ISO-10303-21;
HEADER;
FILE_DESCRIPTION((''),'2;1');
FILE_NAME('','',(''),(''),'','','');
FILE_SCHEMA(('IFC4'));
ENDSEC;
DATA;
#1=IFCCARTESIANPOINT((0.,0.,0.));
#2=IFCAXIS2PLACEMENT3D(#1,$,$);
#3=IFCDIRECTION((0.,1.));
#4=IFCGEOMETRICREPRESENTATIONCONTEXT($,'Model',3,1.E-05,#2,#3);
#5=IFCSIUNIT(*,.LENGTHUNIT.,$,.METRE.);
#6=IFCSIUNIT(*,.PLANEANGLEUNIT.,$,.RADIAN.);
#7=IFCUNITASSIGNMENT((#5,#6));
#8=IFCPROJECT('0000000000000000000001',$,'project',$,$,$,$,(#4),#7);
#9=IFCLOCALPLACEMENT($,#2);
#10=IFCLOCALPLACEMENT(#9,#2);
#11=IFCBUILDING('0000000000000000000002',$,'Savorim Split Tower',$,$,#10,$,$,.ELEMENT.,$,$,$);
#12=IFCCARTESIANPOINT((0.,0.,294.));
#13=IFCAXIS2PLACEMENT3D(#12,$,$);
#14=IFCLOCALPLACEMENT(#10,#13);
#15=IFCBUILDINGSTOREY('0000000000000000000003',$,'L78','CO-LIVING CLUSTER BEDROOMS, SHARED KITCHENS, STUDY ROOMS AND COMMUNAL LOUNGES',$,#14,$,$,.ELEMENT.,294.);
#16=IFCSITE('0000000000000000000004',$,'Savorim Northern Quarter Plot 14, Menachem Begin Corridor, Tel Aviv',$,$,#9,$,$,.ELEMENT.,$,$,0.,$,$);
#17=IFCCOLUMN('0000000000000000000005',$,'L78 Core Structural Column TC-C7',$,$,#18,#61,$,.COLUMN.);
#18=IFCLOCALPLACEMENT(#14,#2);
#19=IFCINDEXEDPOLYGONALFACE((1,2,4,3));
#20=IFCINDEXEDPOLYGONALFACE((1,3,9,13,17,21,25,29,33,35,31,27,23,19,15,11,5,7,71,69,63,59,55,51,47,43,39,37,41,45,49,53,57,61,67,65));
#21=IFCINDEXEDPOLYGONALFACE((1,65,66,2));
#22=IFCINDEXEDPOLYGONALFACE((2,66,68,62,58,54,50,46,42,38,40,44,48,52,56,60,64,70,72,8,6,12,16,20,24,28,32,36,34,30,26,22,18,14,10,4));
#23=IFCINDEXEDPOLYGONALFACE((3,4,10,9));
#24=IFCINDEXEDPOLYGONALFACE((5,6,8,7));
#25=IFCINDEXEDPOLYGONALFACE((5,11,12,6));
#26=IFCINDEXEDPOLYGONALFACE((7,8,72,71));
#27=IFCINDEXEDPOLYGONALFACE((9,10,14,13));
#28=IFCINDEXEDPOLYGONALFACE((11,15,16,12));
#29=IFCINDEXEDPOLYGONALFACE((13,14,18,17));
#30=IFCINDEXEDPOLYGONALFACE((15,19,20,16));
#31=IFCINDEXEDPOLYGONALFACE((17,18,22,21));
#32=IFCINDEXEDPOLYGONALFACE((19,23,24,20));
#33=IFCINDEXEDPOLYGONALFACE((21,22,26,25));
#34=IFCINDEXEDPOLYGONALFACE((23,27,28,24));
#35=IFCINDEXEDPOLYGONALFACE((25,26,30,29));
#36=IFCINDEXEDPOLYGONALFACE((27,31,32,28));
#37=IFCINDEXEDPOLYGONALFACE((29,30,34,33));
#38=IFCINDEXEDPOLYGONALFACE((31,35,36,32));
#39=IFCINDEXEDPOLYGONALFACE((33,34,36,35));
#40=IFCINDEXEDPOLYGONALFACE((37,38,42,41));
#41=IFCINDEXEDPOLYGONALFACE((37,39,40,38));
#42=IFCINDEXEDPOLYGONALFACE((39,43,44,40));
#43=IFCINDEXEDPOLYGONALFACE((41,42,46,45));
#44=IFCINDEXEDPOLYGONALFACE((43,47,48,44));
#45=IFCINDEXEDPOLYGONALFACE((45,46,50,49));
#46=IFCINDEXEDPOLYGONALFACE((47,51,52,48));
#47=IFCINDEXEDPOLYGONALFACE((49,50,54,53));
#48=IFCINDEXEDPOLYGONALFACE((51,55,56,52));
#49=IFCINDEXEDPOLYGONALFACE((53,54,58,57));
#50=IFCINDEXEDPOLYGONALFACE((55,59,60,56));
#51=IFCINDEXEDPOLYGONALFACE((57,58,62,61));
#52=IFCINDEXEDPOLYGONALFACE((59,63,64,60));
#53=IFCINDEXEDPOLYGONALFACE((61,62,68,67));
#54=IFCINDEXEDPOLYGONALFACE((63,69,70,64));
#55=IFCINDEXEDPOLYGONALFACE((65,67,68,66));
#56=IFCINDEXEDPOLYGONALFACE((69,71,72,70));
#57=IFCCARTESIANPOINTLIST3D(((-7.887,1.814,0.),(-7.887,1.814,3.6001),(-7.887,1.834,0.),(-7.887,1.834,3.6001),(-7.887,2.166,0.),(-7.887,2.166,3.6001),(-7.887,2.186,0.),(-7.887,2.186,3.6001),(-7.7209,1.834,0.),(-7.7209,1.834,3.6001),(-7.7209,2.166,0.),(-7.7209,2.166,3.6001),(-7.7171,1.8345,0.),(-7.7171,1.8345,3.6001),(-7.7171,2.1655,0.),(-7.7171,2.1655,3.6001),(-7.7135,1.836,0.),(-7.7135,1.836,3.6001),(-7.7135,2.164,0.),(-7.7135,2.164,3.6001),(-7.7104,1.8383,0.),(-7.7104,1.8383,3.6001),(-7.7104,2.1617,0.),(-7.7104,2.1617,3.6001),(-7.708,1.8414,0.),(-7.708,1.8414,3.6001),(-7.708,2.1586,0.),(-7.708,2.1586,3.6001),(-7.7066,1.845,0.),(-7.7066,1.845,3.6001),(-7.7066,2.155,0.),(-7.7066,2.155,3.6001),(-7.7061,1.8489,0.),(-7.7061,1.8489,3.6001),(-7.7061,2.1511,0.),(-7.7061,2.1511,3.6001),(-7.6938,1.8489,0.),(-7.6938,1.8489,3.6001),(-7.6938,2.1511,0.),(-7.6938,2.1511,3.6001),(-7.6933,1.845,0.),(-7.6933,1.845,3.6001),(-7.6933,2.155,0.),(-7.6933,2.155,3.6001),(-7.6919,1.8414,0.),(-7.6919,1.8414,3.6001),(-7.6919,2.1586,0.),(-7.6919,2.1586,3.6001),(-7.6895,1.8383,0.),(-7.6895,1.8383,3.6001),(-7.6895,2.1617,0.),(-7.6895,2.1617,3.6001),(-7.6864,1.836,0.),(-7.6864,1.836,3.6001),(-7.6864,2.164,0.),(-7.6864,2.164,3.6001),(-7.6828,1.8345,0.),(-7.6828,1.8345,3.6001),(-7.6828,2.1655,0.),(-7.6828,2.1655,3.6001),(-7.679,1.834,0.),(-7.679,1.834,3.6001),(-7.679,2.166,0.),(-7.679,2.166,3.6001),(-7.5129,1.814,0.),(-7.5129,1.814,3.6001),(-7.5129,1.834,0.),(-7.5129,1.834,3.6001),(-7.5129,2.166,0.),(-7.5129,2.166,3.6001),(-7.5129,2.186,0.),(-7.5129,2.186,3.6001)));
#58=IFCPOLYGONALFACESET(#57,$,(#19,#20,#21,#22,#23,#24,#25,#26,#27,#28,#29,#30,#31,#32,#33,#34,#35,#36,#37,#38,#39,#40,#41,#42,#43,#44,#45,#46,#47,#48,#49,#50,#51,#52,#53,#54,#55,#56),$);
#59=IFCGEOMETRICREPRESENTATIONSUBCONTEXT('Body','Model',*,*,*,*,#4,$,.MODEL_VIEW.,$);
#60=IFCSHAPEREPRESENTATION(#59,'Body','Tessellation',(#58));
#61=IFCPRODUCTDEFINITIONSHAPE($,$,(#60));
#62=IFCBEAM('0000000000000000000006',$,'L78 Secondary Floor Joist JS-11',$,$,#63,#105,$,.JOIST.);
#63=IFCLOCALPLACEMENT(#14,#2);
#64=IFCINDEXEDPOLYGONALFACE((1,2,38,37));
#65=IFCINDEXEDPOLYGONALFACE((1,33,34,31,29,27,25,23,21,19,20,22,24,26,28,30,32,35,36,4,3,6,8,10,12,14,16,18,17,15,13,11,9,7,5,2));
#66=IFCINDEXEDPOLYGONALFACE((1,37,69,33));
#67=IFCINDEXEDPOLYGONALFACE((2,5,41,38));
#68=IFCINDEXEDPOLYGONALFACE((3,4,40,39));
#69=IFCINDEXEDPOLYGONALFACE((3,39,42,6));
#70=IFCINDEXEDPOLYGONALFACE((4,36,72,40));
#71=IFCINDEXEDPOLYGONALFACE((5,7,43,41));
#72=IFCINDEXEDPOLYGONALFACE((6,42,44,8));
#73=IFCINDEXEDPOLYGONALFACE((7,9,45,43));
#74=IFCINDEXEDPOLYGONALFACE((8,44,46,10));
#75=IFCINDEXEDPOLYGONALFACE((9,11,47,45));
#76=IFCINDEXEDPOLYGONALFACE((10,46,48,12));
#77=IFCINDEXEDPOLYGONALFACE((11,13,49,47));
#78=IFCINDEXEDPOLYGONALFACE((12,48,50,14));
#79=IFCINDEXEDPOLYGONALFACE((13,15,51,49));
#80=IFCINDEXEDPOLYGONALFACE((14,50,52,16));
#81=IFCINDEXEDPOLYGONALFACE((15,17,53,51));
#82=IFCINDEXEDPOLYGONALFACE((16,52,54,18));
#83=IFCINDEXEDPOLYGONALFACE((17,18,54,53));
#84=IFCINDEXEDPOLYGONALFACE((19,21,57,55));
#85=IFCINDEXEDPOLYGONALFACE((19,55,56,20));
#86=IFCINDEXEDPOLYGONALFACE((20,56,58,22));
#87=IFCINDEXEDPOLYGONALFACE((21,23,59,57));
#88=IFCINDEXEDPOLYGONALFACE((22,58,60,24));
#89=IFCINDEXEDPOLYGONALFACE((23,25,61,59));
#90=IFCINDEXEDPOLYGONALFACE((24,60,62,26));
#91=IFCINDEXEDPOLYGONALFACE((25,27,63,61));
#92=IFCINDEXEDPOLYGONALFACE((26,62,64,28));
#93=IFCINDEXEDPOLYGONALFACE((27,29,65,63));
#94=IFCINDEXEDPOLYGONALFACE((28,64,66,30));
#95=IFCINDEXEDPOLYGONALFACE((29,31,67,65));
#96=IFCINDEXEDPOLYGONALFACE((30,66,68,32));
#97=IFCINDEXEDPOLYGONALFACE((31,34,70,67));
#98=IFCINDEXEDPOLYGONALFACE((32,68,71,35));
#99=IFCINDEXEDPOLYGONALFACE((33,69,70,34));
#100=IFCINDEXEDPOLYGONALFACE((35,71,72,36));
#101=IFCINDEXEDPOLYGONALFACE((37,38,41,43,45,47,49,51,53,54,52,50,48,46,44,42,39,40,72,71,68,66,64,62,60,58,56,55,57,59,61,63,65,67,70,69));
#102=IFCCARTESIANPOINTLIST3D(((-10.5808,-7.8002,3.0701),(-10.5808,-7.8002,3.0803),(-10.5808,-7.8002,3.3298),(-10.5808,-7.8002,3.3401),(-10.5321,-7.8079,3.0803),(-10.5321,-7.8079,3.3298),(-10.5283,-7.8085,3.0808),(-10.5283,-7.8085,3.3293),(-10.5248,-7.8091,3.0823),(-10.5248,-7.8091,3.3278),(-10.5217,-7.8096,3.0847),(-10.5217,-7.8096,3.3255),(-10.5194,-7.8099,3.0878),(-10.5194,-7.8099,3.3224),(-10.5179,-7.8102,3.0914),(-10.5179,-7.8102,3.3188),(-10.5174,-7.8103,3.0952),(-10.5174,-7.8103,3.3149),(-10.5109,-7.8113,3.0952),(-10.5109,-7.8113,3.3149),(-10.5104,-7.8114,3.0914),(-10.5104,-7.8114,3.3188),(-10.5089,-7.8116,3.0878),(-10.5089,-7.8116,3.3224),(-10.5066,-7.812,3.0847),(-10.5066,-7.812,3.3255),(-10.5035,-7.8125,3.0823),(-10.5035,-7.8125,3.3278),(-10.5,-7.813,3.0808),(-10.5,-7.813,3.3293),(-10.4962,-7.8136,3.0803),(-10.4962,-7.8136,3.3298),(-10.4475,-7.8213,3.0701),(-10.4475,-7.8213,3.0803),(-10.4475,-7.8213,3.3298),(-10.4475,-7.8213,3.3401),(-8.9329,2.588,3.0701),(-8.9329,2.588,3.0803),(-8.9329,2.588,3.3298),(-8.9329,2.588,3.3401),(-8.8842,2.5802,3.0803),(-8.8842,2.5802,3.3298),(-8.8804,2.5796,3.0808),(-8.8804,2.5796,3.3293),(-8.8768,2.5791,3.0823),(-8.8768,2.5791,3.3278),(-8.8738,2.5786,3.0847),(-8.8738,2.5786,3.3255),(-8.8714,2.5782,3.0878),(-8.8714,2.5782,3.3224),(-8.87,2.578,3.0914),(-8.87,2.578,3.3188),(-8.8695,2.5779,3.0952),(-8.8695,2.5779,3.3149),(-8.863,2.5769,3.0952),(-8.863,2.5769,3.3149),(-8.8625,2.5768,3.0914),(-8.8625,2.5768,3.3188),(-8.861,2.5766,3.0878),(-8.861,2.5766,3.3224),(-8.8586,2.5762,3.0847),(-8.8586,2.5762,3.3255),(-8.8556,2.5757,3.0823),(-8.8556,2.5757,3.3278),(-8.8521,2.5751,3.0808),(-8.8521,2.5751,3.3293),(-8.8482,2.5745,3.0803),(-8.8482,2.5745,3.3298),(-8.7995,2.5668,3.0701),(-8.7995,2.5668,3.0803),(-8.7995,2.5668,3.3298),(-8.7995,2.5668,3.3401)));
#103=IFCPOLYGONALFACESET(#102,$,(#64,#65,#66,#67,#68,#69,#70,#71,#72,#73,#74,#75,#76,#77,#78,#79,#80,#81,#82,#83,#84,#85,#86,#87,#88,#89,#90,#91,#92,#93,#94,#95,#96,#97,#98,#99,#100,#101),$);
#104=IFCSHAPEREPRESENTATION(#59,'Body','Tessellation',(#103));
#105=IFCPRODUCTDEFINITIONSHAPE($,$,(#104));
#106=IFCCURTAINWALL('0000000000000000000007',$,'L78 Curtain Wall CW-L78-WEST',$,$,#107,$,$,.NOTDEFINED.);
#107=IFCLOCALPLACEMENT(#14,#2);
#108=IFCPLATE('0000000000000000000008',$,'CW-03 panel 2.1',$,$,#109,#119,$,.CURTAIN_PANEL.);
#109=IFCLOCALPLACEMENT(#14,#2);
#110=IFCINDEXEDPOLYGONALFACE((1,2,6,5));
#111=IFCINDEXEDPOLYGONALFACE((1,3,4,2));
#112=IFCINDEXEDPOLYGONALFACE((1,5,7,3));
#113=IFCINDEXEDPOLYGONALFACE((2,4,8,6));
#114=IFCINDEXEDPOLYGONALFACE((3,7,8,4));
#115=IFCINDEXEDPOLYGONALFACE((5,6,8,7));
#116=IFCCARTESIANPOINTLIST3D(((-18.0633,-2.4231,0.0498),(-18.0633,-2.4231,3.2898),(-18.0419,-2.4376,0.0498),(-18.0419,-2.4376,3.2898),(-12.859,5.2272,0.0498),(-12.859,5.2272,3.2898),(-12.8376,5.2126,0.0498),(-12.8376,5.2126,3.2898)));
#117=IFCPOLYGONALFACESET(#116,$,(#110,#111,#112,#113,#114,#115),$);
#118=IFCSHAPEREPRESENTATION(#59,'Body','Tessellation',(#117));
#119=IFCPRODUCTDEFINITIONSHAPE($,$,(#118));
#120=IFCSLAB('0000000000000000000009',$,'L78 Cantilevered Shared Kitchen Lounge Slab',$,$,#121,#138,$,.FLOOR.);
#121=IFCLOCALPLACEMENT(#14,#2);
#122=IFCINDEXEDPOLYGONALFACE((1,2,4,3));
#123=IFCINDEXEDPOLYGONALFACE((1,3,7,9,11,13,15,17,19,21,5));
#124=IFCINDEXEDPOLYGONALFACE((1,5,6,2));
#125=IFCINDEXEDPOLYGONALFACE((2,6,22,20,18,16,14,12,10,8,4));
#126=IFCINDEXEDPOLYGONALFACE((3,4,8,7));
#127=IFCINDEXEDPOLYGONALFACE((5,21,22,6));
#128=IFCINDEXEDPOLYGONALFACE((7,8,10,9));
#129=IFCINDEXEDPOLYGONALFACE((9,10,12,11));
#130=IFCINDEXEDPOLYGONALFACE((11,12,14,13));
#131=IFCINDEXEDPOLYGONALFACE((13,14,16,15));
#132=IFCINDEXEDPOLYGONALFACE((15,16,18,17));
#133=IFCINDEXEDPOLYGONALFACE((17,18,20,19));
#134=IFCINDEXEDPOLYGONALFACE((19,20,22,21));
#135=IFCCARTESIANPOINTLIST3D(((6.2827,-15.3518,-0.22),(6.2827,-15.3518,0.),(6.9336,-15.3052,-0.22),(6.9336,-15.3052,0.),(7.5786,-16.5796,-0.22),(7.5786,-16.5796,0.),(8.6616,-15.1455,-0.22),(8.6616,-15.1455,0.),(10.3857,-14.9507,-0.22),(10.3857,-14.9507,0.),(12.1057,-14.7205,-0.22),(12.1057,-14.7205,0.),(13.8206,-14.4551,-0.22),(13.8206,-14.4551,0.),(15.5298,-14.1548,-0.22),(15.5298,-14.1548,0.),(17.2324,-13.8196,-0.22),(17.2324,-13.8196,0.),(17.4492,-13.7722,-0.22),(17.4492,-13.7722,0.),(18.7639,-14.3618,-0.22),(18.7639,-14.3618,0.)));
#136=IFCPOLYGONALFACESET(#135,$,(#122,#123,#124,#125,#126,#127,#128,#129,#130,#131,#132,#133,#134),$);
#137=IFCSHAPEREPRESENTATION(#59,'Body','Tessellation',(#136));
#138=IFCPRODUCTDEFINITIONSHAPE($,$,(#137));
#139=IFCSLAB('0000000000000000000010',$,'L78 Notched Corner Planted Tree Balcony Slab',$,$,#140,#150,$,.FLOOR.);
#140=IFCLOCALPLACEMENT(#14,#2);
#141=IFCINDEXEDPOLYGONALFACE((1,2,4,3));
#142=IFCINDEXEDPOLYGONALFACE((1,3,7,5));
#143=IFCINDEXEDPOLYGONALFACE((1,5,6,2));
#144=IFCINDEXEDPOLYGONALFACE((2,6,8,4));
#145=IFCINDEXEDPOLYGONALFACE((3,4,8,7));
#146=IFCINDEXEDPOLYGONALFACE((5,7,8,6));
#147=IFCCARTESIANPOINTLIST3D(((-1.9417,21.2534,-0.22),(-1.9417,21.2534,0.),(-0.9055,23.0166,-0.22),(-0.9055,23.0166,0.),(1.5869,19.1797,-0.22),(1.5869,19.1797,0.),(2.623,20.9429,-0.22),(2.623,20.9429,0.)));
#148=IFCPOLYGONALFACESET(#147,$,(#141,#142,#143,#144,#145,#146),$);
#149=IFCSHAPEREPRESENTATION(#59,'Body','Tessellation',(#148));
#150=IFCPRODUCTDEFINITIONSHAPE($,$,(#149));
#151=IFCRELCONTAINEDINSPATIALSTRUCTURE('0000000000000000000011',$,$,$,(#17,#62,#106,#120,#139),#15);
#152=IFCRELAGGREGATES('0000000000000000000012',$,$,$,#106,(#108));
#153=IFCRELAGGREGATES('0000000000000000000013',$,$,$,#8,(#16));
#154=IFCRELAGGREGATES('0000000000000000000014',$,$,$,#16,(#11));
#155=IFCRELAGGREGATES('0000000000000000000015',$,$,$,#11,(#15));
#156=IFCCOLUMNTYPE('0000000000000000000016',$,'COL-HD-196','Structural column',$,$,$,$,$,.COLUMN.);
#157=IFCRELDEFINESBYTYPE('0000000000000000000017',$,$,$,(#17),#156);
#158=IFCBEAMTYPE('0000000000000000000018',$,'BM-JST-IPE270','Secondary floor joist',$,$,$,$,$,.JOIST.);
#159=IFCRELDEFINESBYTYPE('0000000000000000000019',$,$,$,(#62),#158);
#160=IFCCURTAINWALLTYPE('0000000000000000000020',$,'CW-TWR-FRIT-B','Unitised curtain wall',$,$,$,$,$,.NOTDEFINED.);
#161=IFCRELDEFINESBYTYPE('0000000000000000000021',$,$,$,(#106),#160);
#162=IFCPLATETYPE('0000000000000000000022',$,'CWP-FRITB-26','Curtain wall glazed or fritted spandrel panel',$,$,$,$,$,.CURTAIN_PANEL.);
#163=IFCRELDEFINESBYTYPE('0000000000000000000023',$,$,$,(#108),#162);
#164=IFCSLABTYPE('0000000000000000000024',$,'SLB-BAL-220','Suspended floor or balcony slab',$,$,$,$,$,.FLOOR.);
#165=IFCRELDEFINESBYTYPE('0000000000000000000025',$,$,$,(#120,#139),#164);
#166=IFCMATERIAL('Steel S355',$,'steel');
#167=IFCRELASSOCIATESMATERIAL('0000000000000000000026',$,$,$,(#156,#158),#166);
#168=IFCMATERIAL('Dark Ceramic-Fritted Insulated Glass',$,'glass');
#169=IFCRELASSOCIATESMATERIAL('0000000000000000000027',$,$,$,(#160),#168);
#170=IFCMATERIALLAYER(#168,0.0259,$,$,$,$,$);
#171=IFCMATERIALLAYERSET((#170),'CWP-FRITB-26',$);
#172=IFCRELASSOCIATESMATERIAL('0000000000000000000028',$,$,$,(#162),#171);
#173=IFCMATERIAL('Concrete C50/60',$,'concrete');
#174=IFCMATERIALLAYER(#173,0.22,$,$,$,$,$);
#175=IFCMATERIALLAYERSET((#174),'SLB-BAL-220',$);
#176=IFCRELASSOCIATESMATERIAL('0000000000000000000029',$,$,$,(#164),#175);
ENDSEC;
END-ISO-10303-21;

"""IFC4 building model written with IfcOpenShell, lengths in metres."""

from ifc_helpers import new_model, si_unit, direction, frame, origin, origin_2d, place, context, subcontext, project, spatial, polyline, rectangle, i_section, outline, extrude, material, layer, layer_set, material_profile, profile_set, type_object, element, aggregate, save


model = new_model("IFC4")

# Units and contexts
model_context = context("Model", 3, precision=1e-05, world=origin(), true_north=direction((0.0, 1.0)))
body_context = subcontext(model_context, "Body", "Model", "MODEL_VIEW")
ifc_project = project(units=[si_unit("LENGTHUNIT", "METRE"), si_unit("PLANEANGLEUNIT", "RADIAN")], contexts=[model_context])

# Site, building, storey
site_placement = place(None, origin())
site = spatial("IfcSite", under=ifc_project, at=site_placement, Name="Savorim Northern Quarter Plot 14, Menachem Begin Corridor, Tel Aviv", CompositionType="ELEMENT", RefElevation=0.0)
building_placement = place(site_placement, origin())
building = spatial("IfcBuilding", under=site, at=building_placement, Name="Savorim Split Tower", CompositionType="ELEMENT")
storey_placement = place(building_placement, frame((0.0, 0.0, 294.0)))
storey = spatial("IfcBuildingStorey", under=building, at=storey_placement, Name="L78", Description="CO-LIVING CLUSTER BEDROOMS, SHARED KITCHENS, STUDY ROOMS AND COMMUNAL LOUNGES", CompositionType="ELEMENT", Elevation=294.0)

# Column
ifc_material_1 = material(Name="Steel S355", Category="steel")
ifc_material_profile_1 = material_profile(ifc_material_1, i_section(OverallWidth=0.374, OverallDepth=0.3721, WebThickness=0.0122, FlangeThickness=0.02, FilletRadius=0.0149, at=origin_2d()), Name="HD 360x196")
ifc_profile_set_1 = profile_set([ifc_material_profile_1], Name="Steel S355")
column_type = type_object("IfcColumnType", Name="COL-HD-196", Description="Structural column", PredefinedType="COLUMN", material=ifc_profile_set_1)
column_placement = place(storey_placement, frame((-7.7, 2.0, 0.0), z_axis=(0.0, 0.0, 1.0), x_axis=(1.0, 0.0, 0.0)))
element("IfcColumn", 1, at=column_placement, inside=storey, type_object=column_type, Name="L78 Core Structural Column TC-C7", PredefinedType="COLUMN", context=body_context, shape_type="SweptSolid", body=[
    extrude(i_section(OverallWidth=0.374, OverallDepth=0.3721, WebThickness=0.0122, FlangeThickness=0.02, FilletRadius=0.0149, at=origin_2d()), origin(), (0.0, 0.0, 1.0), 3.6001),
])

# Beam
ifc_material_profile_2 = material_profile(ifc_material_1, i_section(OverallWidth=0.135, OverallDepth=0.27, WebThickness=0.0066, FlangeThickness=0.0103, FilletRadius=0.0149, at=origin_2d()), Name="IPE 270")
ifc_profile_set_2 = profile_set([ifc_material_profile_2], Name="Steel S355")
beam_type = type_object("IfcBeamType", Name="BM-JST-IPE270", Description="Secondary floor joist", PredefinedType="JOIST", material=ifc_profile_set_2)
beam_placement = place(storey_placement, frame((-8.8662, 2.5774, 3.2051), z_axis=(-0.156678, -0.98765, 0.0), x_axis=(0.98765, -0.156678, 0.0)))
element("IfcBeam", 2, at=beam_placement, inside=storey, type_object=beam_type, Name="L78 Secondary Floor Joist JS-11", PredefinedType="JOIST", context=body_context, shape_type="SweptSolid", body=[
    extrude(i_section(OverallWidth=0.135, OverallDepth=0.27, WebThickness=0.0066, FlangeThickness=0.0103, FilletRadius=0.0149, at=origin_2d()), origin(), (0.0, 0.0, 1.0), 10.5181),
])

# Curtain wall, plate
ifc_material_2 = material(Name="Dark Ceramic-Fritted Insulated Glass", Category="glass")
curtain_wall_type = type_object("IfcCurtainWallType", Name="CW-TWR-FRIT-B", Description="Unitised curtain wall", PredefinedType="NOTDEFINED", material=ifc_material_2)
curtain_wall_placement = place(storey_placement, origin())
curtain_wall = element("IfcCurtainWall", 3, at=curtain_wall_placement, inside=storey, type_object=curtain_wall_type, Name="L78 Curtain Wall CW-L78-WEST", PredefinedType="NOTDEFINED")
ifc_layer_1 = layer(ifc_material_2, 0.0259)
ifc_layer_set_1 = layer_set([ifc_layer_1], Name="CWP-FRITB-26")
plate_type = type_object("IfcPlateType", Name="CWP-FRITB-26", Description="Curtain wall glazed or fritted spandrel panel", PredefinedType="CURTAIN_PANEL", material=ifc_layer_set_1)
plate_placement = place(storey_placement, frame((-15.4504, 1.3948, 0.0498), z_axis=(0.0, 0.0, 1.0), x_axis=(-0.56247, -0.826818, 0.0)))
plate = element("IfcPlate", 4, at=plate_placement, type_object=plate_type, Name="CW-03 panel 2.1", PredefinedType="CURTAIN_PANEL", context=body_context, shape_type="SweptSolid", body=[
    extrude(rectangle(XDim=9.2527, YDim=0.0259, at=origin_2d()), origin(), (0.0, 0.0, 1.0), 3.24),
])
aggregate(curtain_wall, [plate])

# Slabs
ifc_material_3 = material(Name="Concrete C50/60", Category="concrete")
ifc_layer_2 = layer(ifc_material_3, 0.22)
ifc_layer_set_2 = layer_set([ifc_layer_2], Name="SLB-BAL-220")
slab_type_1 = type_object("IfcSlabType", Name="SLB-BAL-220", Description="Suspended floor or balcony slab", PredefinedType="FLOOR", material=ifc_layer_set_2)
slab_1_placement = place(storey_placement, frame((0.0, 0.0, -0.22)))
element("IfcSlab", 5, at=slab_1_placement, inside=storey, type_object=slab_type_1, Name="L78 Cantilevered Shared Kitchen Lounge Slab", PredefinedType="FLOOR", context=body_context, shape_type="SweptSolid", body=[
    extrude(outline(polyline([(17.4492, -13.7722), (17.2324, -13.8196), (15.5298, -14.1548), (13.8206, -14.4551), (12.1057, -14.7205), (10.3857, -14.9507), (8.6616, -15.1455), (6.9336, -15.3052), (6.2827, -15.3518), (7.5786, -16.5796), (18.7639, -14.3618), (17.4492, -13.7722)])), origin(), (0.0, 0.0, 1.0), 0.22),
])
slab_2_placement = place(storey_placement, frame((0.0, 0.0, -0.22)))
element("IfcSlab", 6, at=slab_2_placement, inside=storey, type_object=slab_type_1, Name="L78 Notched Corner Planted Tree Balcony Slab", PredefinedType="FLOOR", context=body_context, shape_type="SweptSolid", body=[
    extrude(outline(polyline([(-1.9417, 21.2534), (1.5869, 19.1797), (2.623, 20.9429), (-0.9055, 23.0166), (-1.9417, 21.2534)])), origin(), (0.0, 0.0, 1.0), 0.22),
])

save(model, "model.ifc")
